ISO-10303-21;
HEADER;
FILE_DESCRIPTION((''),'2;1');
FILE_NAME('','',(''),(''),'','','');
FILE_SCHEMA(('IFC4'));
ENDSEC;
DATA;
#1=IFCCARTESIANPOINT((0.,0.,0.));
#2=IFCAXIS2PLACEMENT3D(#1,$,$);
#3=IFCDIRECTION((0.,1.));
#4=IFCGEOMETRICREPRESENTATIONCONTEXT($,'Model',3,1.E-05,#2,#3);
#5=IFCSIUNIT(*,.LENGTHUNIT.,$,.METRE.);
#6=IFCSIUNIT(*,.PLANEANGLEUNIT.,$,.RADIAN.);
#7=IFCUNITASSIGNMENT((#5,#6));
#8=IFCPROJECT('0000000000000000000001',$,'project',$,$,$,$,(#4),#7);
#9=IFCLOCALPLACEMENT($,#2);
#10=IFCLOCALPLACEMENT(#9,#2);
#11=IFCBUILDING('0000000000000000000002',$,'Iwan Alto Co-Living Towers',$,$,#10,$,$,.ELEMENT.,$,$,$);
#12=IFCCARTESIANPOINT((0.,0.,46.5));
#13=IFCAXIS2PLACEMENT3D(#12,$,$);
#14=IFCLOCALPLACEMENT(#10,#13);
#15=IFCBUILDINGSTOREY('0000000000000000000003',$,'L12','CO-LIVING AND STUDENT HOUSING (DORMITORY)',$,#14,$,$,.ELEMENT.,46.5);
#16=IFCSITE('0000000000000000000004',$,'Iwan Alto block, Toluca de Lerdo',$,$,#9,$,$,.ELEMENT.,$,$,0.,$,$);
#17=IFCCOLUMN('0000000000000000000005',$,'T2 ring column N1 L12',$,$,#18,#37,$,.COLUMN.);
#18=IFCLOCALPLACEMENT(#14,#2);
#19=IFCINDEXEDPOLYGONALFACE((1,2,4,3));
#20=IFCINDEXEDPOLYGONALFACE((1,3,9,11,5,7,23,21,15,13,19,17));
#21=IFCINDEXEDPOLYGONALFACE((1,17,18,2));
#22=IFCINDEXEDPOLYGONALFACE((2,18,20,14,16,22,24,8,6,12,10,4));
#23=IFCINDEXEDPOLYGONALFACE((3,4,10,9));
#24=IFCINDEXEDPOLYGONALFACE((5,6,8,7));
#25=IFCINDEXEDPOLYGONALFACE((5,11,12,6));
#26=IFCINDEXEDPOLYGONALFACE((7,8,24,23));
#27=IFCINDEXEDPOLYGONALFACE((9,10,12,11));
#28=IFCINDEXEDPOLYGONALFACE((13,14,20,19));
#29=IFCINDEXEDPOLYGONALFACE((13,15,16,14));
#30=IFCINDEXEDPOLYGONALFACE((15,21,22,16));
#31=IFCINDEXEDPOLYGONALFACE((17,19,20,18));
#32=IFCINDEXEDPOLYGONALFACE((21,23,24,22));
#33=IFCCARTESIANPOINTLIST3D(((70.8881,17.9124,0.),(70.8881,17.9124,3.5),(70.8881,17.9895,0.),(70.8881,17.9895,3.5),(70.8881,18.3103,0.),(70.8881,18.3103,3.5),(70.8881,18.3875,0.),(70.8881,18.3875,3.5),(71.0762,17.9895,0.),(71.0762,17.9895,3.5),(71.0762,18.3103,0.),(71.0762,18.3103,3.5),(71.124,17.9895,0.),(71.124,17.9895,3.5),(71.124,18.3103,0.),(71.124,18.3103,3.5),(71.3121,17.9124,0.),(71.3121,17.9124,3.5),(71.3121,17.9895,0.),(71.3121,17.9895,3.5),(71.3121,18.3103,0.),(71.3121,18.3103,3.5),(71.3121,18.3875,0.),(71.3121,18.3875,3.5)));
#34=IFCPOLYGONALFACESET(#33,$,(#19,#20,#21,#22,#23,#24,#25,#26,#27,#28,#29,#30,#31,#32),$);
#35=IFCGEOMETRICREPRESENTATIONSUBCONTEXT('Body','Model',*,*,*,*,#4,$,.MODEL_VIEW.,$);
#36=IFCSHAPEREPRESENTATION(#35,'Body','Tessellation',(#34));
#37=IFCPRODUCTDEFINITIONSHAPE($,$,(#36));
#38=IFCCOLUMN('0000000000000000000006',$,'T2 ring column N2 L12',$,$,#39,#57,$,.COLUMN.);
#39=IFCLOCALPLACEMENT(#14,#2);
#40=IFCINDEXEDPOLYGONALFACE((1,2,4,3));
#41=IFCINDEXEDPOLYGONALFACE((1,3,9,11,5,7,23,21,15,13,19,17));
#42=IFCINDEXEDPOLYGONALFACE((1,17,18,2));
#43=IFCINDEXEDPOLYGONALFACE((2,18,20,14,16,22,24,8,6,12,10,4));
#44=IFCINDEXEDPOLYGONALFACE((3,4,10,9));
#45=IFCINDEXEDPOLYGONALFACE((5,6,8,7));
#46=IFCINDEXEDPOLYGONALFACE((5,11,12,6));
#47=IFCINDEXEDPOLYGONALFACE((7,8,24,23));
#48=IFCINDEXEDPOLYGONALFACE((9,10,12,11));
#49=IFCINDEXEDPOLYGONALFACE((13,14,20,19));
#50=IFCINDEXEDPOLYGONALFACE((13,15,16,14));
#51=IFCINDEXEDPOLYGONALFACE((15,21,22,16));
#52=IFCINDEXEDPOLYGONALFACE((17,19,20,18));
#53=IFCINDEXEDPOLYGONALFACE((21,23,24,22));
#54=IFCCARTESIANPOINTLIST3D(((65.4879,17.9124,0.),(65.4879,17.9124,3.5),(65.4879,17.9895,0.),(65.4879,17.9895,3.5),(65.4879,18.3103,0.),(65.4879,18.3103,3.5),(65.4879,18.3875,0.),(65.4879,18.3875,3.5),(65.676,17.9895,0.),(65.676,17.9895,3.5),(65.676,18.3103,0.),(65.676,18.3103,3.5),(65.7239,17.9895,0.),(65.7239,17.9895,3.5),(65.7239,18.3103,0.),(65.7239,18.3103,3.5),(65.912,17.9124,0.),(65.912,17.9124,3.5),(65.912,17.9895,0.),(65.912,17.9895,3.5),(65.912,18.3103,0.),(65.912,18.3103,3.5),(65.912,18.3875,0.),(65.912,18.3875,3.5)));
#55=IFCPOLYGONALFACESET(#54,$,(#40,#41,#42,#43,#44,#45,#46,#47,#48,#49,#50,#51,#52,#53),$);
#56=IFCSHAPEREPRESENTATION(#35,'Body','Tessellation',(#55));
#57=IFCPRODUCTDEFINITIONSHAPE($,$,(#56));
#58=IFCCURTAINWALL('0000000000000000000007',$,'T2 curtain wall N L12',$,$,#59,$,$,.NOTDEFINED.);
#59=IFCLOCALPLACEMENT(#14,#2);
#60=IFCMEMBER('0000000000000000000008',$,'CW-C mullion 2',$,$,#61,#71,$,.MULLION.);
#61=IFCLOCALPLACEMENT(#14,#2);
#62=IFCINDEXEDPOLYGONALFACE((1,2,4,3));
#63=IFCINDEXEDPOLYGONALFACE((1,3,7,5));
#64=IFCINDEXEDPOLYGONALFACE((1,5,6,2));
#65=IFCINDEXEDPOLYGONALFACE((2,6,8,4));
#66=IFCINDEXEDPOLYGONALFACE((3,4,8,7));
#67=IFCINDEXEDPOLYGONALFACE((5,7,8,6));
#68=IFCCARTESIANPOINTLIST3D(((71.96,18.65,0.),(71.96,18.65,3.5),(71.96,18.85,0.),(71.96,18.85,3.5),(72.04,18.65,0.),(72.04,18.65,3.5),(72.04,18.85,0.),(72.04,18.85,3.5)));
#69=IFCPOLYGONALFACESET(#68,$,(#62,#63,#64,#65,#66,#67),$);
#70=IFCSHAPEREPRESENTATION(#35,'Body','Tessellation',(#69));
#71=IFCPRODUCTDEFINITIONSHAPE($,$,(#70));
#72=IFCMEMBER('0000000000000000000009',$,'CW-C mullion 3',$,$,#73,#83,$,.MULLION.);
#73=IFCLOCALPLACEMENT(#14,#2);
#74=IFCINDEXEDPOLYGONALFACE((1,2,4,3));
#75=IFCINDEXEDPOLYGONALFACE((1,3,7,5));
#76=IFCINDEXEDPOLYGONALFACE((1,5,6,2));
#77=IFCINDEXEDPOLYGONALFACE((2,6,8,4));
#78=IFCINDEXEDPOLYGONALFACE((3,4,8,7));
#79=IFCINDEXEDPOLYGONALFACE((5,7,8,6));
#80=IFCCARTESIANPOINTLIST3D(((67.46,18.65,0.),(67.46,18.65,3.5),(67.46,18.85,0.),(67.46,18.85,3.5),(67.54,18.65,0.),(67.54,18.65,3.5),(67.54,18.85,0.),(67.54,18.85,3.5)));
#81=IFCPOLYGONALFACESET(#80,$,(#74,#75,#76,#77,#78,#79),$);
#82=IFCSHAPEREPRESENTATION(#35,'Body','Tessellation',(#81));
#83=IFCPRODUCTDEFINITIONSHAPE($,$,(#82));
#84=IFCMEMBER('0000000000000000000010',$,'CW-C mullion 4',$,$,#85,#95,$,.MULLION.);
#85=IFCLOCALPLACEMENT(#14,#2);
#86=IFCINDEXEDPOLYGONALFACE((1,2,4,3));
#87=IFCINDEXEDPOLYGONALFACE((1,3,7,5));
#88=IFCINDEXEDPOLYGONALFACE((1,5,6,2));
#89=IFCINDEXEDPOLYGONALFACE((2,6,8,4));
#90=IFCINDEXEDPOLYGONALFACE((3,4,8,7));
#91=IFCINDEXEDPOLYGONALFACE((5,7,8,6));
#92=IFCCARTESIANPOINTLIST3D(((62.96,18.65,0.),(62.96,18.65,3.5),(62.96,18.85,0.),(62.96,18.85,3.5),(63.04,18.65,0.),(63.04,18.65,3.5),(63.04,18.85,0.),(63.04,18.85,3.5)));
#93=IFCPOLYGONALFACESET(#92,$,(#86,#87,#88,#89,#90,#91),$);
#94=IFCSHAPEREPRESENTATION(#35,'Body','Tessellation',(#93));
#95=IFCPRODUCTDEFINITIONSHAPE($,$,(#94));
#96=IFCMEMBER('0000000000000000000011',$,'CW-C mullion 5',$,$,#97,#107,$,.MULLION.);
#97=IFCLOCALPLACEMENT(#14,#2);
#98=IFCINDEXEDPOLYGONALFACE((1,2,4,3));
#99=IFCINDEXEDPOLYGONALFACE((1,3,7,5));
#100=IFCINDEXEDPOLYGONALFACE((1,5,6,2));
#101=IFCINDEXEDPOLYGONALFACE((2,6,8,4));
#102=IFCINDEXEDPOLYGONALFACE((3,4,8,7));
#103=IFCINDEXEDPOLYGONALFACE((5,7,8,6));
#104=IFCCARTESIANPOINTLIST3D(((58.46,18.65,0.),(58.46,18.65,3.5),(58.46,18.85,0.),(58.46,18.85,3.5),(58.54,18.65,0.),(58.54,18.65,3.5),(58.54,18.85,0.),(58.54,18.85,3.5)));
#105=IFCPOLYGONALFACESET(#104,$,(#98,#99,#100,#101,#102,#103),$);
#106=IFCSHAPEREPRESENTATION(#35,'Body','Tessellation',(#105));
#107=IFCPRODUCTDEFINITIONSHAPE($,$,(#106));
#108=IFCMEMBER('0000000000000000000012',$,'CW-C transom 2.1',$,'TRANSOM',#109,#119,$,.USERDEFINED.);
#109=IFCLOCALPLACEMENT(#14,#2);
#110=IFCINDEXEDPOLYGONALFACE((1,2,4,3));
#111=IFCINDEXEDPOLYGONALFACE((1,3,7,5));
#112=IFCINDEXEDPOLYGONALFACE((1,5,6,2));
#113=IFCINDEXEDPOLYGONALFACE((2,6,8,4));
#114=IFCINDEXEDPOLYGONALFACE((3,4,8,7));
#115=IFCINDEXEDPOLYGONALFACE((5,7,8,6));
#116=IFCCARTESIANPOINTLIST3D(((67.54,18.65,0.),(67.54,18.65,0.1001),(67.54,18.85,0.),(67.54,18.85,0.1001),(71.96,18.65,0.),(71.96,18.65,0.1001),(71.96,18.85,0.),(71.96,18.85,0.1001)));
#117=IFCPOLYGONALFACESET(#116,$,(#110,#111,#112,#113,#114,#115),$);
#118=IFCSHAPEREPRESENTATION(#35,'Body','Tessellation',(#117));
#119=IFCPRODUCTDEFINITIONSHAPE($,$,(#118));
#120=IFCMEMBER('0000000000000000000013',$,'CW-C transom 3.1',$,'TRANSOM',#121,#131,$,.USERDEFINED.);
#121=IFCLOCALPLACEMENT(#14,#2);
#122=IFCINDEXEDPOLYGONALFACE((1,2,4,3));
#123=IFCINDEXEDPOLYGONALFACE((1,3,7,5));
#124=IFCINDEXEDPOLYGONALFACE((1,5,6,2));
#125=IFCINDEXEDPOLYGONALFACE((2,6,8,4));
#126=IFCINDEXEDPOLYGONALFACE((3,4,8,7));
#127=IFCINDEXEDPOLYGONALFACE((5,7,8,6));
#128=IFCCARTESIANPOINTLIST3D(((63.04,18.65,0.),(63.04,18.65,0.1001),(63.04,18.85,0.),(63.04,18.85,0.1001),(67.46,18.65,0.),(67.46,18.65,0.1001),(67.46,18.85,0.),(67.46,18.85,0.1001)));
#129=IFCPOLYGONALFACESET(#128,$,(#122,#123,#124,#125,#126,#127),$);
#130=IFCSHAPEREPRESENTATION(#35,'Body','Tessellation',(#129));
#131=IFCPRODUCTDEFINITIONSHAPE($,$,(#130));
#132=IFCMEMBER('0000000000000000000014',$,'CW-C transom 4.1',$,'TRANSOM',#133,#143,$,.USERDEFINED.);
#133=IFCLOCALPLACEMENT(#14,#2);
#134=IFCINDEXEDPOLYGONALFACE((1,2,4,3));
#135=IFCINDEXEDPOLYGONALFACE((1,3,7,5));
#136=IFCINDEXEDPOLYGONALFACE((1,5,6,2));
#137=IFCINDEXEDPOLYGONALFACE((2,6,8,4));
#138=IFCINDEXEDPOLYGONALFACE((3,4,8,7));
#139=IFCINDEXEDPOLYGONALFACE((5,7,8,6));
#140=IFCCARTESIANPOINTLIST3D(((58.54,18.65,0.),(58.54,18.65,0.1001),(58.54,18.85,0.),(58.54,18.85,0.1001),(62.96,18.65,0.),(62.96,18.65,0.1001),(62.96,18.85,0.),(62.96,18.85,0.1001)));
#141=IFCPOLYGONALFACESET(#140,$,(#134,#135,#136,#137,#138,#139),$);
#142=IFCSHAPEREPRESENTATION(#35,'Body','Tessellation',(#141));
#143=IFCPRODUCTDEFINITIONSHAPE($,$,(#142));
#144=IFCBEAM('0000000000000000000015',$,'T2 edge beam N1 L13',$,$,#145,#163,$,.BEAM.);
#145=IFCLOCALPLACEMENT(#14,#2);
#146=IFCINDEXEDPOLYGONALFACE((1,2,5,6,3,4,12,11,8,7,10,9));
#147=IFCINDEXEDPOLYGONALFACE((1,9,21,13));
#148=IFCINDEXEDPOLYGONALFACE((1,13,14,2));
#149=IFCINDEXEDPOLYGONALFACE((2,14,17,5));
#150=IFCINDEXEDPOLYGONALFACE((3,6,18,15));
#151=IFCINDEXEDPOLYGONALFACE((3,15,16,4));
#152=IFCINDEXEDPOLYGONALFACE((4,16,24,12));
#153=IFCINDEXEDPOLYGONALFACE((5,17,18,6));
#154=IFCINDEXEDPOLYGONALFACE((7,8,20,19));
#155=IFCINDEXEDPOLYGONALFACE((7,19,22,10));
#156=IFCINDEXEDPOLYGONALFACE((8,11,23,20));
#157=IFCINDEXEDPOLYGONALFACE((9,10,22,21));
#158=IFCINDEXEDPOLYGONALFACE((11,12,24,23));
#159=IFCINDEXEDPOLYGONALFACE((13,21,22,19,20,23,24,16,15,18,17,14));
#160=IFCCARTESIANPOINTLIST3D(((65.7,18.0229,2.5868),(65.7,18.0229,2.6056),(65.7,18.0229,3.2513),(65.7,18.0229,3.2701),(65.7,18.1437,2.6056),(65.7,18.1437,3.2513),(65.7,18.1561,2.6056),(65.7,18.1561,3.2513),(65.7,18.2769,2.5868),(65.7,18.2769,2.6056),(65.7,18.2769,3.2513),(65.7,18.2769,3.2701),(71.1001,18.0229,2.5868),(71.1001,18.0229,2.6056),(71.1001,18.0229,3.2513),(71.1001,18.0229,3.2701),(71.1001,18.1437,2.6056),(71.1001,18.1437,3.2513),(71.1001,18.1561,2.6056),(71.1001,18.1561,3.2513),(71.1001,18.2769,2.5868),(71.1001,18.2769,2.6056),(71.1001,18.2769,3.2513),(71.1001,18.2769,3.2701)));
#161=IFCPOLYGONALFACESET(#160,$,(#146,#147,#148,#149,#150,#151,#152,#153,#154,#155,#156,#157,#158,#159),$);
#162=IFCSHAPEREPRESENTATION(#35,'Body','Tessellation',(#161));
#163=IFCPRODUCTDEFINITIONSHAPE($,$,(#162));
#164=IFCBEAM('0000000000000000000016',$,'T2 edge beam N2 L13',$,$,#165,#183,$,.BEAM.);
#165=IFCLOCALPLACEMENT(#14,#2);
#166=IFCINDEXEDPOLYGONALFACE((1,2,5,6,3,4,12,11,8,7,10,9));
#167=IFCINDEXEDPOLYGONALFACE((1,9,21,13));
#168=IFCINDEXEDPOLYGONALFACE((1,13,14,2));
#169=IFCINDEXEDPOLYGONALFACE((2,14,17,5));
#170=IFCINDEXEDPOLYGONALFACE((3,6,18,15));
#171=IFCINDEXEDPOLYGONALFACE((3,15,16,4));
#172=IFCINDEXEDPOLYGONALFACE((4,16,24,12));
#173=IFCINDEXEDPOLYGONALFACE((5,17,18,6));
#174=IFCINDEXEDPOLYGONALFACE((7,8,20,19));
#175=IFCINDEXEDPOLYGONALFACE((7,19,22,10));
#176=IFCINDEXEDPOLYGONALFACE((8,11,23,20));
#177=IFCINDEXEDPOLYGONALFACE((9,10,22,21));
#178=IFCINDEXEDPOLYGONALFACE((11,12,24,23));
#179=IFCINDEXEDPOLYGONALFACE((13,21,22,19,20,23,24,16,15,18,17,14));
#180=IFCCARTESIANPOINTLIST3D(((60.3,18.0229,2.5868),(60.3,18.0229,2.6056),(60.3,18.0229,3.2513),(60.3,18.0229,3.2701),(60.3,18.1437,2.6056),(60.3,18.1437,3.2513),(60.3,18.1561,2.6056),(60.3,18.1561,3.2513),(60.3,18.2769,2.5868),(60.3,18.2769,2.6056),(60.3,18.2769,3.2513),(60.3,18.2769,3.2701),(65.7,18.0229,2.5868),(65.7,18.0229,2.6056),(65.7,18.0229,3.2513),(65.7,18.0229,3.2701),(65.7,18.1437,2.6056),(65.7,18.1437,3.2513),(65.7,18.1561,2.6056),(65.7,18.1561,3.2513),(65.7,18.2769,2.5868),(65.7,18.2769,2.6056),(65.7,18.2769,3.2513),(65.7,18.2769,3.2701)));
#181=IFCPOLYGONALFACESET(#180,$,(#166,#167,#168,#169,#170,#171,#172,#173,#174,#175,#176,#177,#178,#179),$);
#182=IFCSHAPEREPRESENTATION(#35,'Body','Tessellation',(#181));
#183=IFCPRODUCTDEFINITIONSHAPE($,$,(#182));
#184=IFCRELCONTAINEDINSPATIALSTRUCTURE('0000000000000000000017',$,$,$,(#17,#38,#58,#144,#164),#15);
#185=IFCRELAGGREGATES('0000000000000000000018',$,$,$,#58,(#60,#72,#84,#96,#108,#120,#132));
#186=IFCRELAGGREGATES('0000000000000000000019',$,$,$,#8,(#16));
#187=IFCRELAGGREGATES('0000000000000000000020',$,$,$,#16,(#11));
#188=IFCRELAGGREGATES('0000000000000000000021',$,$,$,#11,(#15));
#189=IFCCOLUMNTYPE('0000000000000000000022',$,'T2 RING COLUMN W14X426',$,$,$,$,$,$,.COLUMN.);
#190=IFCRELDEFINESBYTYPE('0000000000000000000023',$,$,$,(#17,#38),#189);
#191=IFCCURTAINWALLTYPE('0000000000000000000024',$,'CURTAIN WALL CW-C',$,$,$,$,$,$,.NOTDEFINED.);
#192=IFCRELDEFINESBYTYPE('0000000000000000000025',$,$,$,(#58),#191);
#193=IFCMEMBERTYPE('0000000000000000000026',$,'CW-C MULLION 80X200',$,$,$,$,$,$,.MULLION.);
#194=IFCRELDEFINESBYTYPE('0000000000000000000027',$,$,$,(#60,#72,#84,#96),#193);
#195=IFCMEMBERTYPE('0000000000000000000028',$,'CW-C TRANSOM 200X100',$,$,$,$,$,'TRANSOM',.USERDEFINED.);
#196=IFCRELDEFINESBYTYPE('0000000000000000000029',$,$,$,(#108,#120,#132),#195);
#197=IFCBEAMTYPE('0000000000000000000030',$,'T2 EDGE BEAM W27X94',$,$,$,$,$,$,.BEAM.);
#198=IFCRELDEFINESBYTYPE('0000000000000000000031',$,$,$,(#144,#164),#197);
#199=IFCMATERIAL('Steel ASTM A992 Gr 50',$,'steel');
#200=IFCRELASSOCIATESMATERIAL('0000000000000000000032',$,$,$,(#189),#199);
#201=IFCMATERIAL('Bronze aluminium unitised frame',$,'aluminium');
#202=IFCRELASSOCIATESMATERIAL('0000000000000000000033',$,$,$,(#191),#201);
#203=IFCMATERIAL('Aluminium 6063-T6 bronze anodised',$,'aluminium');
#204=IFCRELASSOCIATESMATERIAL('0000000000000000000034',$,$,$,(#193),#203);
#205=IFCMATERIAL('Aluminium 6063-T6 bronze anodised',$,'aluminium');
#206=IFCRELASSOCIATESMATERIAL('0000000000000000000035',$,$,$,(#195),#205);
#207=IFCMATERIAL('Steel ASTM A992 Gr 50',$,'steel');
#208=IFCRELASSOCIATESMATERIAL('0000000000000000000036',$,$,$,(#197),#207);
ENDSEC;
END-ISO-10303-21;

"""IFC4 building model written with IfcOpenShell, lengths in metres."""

from ifc_helpers import new_model, si_unit, direction, frame, origin, origin_2d, place, context, subcontext, project, spatial, rectangle, i_section, extrude, material, material_profile, profile_set, type_object, element, aggregate, save


model = new_model("IFC4")

# Units and contexts
model_context = context("Model", 3, precision=1e-05, world=origin(), true_north=direction((0.0, 1.0)))
body_context = subcontext(model_context, "Body", "Model", "MODEL_VIEW")
ifc_project = project(units=[si_unit("LENGTHUNIT", "METRE"), si_unit("PLANEANGLEUNIT", "RADIAN")], contexts=[model_context])

# Site, building, storey
site_placement = place(None, origin())
site = spatial("IfcSite", under=ifc_project, at=site_placement, Name="Iwan Alto block, Toluca de Lerdo", CompositionType="ELEMENT", RefElevation=0.0)
building_placement = place(site_placement, origin())
building = spatial("IfcBuilding", under=site, at=building_placement, Name="Iwan Alto Co-Living Towers", CompositionType="ELEMENT")
storey_placement = place(building_placement, frame((0.0, 0.0, 46.5)))
storey = spatial("IfcBuildingStorey", under=building, at=storey_placement, Name="L12", Description="CO-LIVING AND STUDENT HOUSING (DORMITORY)", CompositionType="ELEMENT", Elevation=46.5)

# Columns
ifc_material_1 = material(Name="Steel ASTM A992 Gr 50", Category="steel")
ifc_material_profile_1 = material_profile(ifc_material_1, i_section(OverallWidth=0.4241, OverallDepth=0.4751, WebThickness=0.0479, FlangeThickness=0.0771, at=origin_2d()), Name="W14X426")
ifc_profile_set_1 = profile_set([ifc_material_profile_1], Name="Steel ASTM A992 Gr 50")
column_type = type_object("IfcColumnType", Name="T2 RING COLUMN W14X426", PredefinedType="COLUMN", material=ifc_profile_set_1)
for number, where, z_axis, x_axis, name in (
    (1, (71.1001, 18.1499, 0.0), (0.0, 0.0, 1.0), (1.0, 0.0, 0.0), "T2 ring column N1 L12"),
    (2, (65.7, 18.1499, 0.0), (0.0, 0.0, 1.0), (1.0, 0.0, 0.0), "T2 ring column N2 L12"),
):
    element("IfcColumn", number, at=place(storey_placement, frame(where, z_axis=z_axis, x_axis=x_axis)), inside=storey, type_object=column_type, Name=name, PredefinedType="COLUMN", context=body_context, shape_type="SweptSolid", body=[
        extrude(i_section(OverallWidth=0.4241, OverallDepth=0.4751, WebThickness=0.0479, FlangeThickness=0.0771, at=origin_2d()), origin(), (0.0, 0.0, 1.0), 3.5),
    ])

# Curtain wall, members
ifc_material_2 = material(Name="Bronze aluminium unitised frame", Category="aluminium")
curtain_wall_type = type_object("IfcCurtainWallType", Name="CURTAIN WALL CW-C", PredefinedType="NOTDEFINED", material=ifc_material_2)
curtain_wall_placement = place(storey_placement, origin())
curtain_wall = element("IfcCurtainWall", 3, at=curtain_wall_placement, inside=storey, type_object=curtain_wall_type, Name="T2 curtain wall N L12", PredefinedType="NOTDEFINED")
ifc_material_3 = material(Name="Aluminium 6063-T6 bronze anodised", Category="aluminium")
ifc_material_profile_2 = material_profile(ifc_material_3, rectangle(XDim=0.2, YDim=0.0801, at=origin_2d()), Name="AL 80X200")
ifc_profile_set_2 = profile_set([ifc_material_profile_2], Name="Aluminium 6063-T6 bronze anodised")
member_type_1 = type_object("IfcMemberType", Name="CW-C MULLION 80X200", PredefinedType="MULLION", material=ifc_profile_set_2)
member_1_placement = place(storey_placement, frame((72.0, 18.75, 0.0), z_axis=(0.0, 0.0, 1.0), x_axis=(0.0, -1.0, 0.0)))
member_1 = element("IfcMember", 4, at=member_1_placement, type_object=member_type_1, Name="CW-C mullion 2", PredefinedType="MULLION", context=body_context, shape_type="SweptSolid", body=[
    extrude(rectangle(XDim=0.2, YDim=0.0801, at=origin_2d()), origin(), (0.0, 0.0, 1.0), 3.5),
])
member_2_placement = place(storey_placement, frame((67.5, 18.75, 0.0), z_axis=(0.0, 0.0, 1.0), x_axis=(0.0, -1.0, 0.0)))
member_2 = element("IfcMember", 5, at=member_2_placement, type_object=member_type_1, Name="CW-C mullion 3", PredefinedType="MULLION", context=body_context, shape_type="SweptSolid", body=[
    extrude(rectangle(XDim=0.2, YDim=0.0801, at=origin_2d()), origin(), (0.0, 0.0, 1.0), 3.5),
])
member_3_placement = place(storey_placement, frame((63.0, 18.75, 0.0), z_axis=(0.0, 0.0, 1.0), x_axis=(0.0, -1.0, 0.0)))
member_3 = element("IfcMember", 6, at=member_3_placement, type_object=member_type_1, Name="CW-C mullion 4", PredefinedType="MULLION", context=body_context, shape_type="SweptSolid", body=[
    extrude(rectangle(XDim=0.2, YDim=0.0801, at=origin_2d()), origin(), (0.0, 0.0, 1.0), 3.5),
])
member_4_placement = place(storey_placement, frame((58.5, 18.75, 0.0), z_axis=(0.0, 0.0, 1.0), x_axis=(0.0, -1.0, 0.0)))
member_4 = element("IfcMember", 7, at=member_4_placement, type_object=member_type_1, Name="CW-C mullion 5", PredefinedType="MULLION", context=body_context, shape_type="SweptSolid", body=[
    extrude(rectangle(XDim=0.2, YDim=0.0801, at=origin_2d()), origin(), (0.0, 0.0, 1.0), 3.5),
])
ifc_material_4 = material(Name="Aluminium 6063-T6 bronze anodised", Category="aluminium")
ifc_material_profile_3 = material_profile(ifc_material_4, rectangle(XDim=0.2, YDim=0.1001, at=origin_2d()), Name="AL 200X100")
ifc_profile_set_3 = profile_set([ifc_material_profile_3], Name="Aluminium 6063-T6 bronze anodised")
member_type_2 = type_object("IfcMemberType", Name="CW-C TRANSOM 200X100", ElementType="TRANSOM", PredefinedType="USERDEFINED", material=ifc_profile_set_3)
member_5_placement = place(storey_placement, frame((71.96, 18.75, 0.05), z_axis=(-1.0, 0.0, 0.0), x_axis=(0.0, -1.0, 0.0)))
member_5 = element("IfcMember", 8, at=member_5_placement, type_object=member_type_2, Name="CW-C transom 2.1", ObjectType="TRANSOM", PredefinedType="USERDEFINED", context=body_context, shape_type="SweptSolid", body=[
    extrude(rectangle(XDim=0.2, YDim=0.1001, at=origin_2d()), origin(), (0.0, 0.0, 1.0), 4.4199),
])
member_6_placement = place(storey_placement, frame((67.46, 18.75, 0.05), z_axis=(-1.0, 0.0, 0.0), x_axis=(0.0, -1.0, 0.0)))
member_6 = element("IfcMember", 9, at=member_6_placement, type_object=member_type_2, Name="CW-C transom 3.1", ObjectType="TRANSOM", PredefinedType="USERDEFINED", context=body_context, shape_type="SweptSolid", body=[
    extrude(rectangle(XDim=0.2, YDim=0.1001, at=origin_2d()), origin(), (0.0, 0.0, 1.0), 4.4199),
])
member_7_placement = place(storey_placement, frame((62.96, 18.75, 0.05), z_axis=(-1.0, 0.0, 0.0), x_axis=(0.0, -1.0, 0.0)))
member_7 = element("IfcMember", 10, at=member_7_placement, type_object=member_type_2, Name="CW-C transom 4.1", ObjectType="TRANSOM", PredefinedType="USERDEFINED", context=body_context, shape_type="SweptSolid", body=[
    extrude(rectangle(XDim=0.2, YDim=0.1001, at=origin_2d()), origin(), (0.0, 0.0, 1.0), 4.4199),
])

# Beams
ifc_material_5 = material(Name="Steel ASTM A992 Gr 50", Category="steel")
ifc_material_profile_4 = material_profile(ifc_material_5, i_section(OverallWidth=0.2539, OverallDepth=0.6833, WebThickness=0.0125, FlangeThickness=0.0188, at=origin_2d()), Name="W27X94")
ifc_profile_set_4 = profile_set([ifc_material_profile_4], Name="Steel ASTM A992 Gr 50")
beam_type_1 = type_object("IfcBeamType", Name="T2 EDGE BEAM W27X94", PredefinedType="BEAM", material=ifc_profile_set_4)
beam_1_placement = place(storey_placement, frame((71.1001, 18.1499, 2.9285), z_axis=(-1.0, 0.0, 0.0), x_axis=(0.0, -1.0, 0.0)))
element("IfcBeam", 11, at=beam_1_placement, inside=storey, type_object=beam_type_1, Name="T2 edge beam N1 L13", PredefinedType="BEAM", context=body_context, shape_type="SweptSolid", body=[
    extrude(i_section(OverallWidth=0.2539, OverallDepth=0.6833, WebThickness=0.0125, FlangeThickness=0.0188, at=origin_2d()), origin(), (0.0, 0.0, 1.0), 5.4001),
])
beam_2_placement = place(storey_placement, frame((65.7, 18.1499, 2.9285), z_axis=(-1.0, 0.0, 0.0), x_axis=(0.0, -1.0, 0.0)))
element("IfcBeam", 12, at=beam_2_placement, inside=storey, type_object=beam_type_1, Name="T2 edge beam N2 L13", PredefinedType="BEAM", context=body_context, shape_type="SweptSolid", body=[
    extrude(i_section(OverallWidth=0.2539, OverallDepth=0.6833, WebThickness=0.0125, FlangeThickness=0.0188, at=origin_2d()), origin(), (0.0, 0.0, 1.0), 5.3999),
])

aggregate(curtain_wall, [member_1, member_2, member_3, member_4, member_5, member_6, member_7])

save(model, "model.ifc")
